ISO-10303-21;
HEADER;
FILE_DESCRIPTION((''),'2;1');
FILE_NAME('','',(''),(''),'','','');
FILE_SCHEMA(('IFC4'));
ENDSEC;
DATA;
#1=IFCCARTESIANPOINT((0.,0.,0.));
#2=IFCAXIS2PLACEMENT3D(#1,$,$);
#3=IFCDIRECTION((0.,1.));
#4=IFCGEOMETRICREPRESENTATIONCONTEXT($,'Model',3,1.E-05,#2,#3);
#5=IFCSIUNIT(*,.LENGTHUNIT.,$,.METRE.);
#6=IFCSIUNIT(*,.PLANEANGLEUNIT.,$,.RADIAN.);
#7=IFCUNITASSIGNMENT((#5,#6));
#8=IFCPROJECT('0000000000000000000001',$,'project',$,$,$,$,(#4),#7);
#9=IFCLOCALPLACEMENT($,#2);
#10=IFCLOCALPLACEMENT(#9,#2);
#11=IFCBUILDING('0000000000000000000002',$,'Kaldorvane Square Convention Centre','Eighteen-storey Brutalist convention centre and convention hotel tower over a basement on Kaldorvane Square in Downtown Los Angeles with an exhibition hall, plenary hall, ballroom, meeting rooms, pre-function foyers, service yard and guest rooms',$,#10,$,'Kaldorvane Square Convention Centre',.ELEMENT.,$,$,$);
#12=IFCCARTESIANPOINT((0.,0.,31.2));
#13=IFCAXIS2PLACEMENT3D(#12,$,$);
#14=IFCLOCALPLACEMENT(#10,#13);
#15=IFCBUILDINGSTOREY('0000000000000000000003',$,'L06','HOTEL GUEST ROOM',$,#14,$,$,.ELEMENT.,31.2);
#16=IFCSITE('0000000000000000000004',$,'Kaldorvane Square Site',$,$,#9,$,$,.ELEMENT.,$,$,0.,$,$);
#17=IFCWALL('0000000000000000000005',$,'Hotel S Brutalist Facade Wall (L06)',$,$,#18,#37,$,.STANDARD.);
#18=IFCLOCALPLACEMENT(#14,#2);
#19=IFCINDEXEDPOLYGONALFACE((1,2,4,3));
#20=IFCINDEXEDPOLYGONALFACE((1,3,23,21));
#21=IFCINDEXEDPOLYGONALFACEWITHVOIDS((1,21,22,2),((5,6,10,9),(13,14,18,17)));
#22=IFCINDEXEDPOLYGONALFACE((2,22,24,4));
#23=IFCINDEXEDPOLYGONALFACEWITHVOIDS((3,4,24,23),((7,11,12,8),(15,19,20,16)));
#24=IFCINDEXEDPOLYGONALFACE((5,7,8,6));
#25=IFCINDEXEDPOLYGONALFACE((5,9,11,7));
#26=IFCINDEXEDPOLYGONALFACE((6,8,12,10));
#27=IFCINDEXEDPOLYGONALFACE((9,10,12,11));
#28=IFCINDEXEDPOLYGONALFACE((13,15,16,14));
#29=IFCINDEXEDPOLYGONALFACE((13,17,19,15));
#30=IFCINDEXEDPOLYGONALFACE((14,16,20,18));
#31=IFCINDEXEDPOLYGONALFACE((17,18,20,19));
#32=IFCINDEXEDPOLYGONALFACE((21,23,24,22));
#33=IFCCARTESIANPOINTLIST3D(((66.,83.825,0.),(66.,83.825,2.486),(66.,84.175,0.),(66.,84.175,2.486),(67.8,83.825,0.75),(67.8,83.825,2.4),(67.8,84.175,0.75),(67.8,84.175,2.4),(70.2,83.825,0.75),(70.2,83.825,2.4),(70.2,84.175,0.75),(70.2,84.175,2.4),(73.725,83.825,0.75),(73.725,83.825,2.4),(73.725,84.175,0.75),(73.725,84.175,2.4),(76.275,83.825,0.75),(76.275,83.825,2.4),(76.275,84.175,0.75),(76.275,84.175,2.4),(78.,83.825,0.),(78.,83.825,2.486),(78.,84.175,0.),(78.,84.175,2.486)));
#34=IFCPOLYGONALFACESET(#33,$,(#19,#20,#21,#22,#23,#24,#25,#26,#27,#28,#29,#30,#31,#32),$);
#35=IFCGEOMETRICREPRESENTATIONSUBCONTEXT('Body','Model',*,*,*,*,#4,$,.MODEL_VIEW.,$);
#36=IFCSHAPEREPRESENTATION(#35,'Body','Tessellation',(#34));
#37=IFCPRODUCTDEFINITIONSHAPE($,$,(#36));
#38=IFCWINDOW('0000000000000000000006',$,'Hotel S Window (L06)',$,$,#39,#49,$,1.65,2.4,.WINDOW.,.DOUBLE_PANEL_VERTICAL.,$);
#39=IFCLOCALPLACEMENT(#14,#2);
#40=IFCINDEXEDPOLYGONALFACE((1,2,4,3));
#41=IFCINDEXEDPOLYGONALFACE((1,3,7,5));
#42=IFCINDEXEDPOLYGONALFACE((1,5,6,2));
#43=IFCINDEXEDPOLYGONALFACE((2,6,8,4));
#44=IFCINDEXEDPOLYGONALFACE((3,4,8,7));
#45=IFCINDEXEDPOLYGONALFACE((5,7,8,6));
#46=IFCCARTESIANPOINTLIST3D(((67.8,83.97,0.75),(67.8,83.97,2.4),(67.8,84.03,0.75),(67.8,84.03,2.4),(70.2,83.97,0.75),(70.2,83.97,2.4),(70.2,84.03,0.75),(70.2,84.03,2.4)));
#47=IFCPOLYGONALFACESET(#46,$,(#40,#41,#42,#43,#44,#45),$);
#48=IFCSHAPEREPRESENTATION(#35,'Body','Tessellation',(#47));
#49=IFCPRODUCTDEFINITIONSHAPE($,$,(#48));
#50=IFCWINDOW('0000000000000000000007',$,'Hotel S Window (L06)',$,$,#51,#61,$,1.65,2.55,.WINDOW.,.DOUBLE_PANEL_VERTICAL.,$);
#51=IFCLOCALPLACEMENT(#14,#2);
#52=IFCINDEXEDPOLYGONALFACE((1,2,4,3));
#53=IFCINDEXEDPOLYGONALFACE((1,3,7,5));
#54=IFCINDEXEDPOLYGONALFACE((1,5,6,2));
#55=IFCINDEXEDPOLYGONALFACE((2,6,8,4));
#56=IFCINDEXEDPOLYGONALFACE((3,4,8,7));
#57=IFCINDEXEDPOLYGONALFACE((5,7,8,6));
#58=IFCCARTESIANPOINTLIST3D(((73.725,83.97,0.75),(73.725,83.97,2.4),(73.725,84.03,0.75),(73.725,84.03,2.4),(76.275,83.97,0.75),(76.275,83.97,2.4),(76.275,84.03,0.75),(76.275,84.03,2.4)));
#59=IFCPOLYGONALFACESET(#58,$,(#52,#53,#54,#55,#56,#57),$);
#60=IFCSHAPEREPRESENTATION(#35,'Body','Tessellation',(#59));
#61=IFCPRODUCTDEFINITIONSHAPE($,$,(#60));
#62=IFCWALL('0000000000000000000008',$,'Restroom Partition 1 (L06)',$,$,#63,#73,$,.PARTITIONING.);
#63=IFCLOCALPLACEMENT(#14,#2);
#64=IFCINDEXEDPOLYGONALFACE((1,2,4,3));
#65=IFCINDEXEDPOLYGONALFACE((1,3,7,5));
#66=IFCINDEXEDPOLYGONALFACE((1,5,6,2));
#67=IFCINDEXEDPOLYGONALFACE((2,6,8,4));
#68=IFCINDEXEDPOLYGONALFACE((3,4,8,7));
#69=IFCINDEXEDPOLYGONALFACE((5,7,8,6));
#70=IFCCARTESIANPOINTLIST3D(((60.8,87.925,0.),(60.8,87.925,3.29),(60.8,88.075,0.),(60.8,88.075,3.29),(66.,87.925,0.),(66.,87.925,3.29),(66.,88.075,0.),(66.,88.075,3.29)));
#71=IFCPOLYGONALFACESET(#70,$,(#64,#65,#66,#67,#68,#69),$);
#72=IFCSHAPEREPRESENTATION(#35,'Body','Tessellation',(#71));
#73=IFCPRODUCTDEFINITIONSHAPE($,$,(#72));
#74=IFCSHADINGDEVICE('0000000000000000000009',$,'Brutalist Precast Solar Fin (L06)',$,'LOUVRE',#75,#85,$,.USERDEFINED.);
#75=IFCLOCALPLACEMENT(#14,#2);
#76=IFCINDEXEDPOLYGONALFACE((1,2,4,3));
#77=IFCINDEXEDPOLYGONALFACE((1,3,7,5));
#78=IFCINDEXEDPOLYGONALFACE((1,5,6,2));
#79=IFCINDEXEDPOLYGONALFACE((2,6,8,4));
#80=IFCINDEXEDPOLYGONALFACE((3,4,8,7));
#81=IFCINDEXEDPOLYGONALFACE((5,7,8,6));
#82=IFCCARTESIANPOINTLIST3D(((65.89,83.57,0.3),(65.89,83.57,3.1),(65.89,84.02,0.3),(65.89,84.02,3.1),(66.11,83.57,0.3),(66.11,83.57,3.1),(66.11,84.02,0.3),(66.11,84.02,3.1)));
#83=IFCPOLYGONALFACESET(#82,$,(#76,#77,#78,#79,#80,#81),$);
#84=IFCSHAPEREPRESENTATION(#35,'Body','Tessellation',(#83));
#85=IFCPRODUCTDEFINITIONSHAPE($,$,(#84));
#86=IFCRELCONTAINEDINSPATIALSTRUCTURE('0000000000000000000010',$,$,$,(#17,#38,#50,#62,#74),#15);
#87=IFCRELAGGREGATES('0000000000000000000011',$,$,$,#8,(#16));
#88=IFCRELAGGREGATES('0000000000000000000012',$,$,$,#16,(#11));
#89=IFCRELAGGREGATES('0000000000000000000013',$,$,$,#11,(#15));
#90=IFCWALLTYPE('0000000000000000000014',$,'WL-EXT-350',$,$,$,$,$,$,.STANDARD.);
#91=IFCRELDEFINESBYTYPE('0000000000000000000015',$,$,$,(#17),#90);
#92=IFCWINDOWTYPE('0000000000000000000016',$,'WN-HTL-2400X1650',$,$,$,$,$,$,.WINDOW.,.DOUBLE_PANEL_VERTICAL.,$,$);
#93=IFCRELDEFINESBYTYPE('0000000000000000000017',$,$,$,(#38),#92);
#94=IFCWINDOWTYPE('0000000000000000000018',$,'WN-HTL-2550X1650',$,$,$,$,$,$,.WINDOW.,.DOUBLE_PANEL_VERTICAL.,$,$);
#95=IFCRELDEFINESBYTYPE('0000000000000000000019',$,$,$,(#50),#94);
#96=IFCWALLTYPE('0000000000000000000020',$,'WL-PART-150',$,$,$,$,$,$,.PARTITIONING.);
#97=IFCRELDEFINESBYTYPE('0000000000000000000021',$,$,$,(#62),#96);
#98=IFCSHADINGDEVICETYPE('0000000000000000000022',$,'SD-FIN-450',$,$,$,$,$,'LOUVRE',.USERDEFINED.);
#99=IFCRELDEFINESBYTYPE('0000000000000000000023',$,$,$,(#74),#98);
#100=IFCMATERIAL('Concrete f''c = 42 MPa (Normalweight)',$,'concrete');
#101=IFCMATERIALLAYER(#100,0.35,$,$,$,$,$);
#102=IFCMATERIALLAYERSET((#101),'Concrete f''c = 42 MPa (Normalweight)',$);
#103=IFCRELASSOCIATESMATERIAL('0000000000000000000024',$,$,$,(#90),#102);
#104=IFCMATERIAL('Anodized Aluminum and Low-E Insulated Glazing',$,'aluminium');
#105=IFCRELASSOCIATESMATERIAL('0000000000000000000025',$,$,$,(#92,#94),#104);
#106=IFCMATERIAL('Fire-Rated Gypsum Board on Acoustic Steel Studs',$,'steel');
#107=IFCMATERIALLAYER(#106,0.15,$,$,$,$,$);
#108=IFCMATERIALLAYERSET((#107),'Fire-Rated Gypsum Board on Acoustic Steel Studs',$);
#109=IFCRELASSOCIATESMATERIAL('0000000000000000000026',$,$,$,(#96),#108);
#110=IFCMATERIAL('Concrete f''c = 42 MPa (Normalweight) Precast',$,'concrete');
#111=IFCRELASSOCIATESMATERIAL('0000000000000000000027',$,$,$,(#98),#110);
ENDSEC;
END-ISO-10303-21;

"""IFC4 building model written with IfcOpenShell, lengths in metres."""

from ifc_helpers import new_model, si_unit, direction, frame, frame_2d, origin, origin_2d, place, context, subcontext, project, spatial, rectangle, extrude, material, layer, layer_set, type_object, element, fill, save


model = new_model("IFC4")

# Units and contexts
model_context = context("Model", 3, precision=1e-05, world=origin(), true_north=direction((0.0, 1.0)))
body_context = subcontext(model_context, "Body", "Model", "MODEL_VIEW")
ifc_project = project(units=[si_unit("LENGTHUNIT", "METRE"), si_unit("PLANEANGLEUNIT", "RADIAN")], contexts=[model_context])

# Site, building, storey
site_placement = place(None, origin())
site = spatial("IfcSite", under=ifc_project, at=site_placement, Name="Kaldorvane Square Site", CompositionType="ELEMENT", RefElevation=0.0)
building_placement = place(site_placement, origin())
building = spatial("IfcBuilding", under=site, at=building_placement, Name="Kaldorvane Square Convention Centre", Description="Eighteen-storey Brutalist convention centre and convention hotel tower over a basement on Kaldorvane Square in Downtown Los Angeles with an exhibition hall, plenary hall, ballroom, meeting rooms, pre-function foyers, service yard and guest rooms", LongName="Kaldorvane Square Convention Centre", CompositionType="ELEMENT")
storey_placement = place(building_placement, frame((0.0, 0.0, 31.2)))
storey = spatial("IfcBuildingStorey", under=building, at=storey_placement, Name="L06", Description="HOTEL GUEST ROOM", CompositionType="ELEMENT", Elevation=31.2)

# Shared definitions
ifc_material_1 = material(Name="Concrete f'c = 42 MPa (Normalweight)", Category="concrete")

# Shared definitions
ifc_material_2 = material(Name="Fire-Rated Gypsum Board on Acoustic Steel Studs", Category="steel")

# Wall, openings, windows
ifc_layer_1 = layer(ifc_material_1, 0.35)
ifc_layer_set_1 = layer_set([ifc_layer_1], Name="Concrete f'c = 42 MPa (Normalweight)")
wall_type_1 = type_object("IfcWallType", Name="WL-EXT-350", PredefinedType="STANDARD", material=ifc_layer_set_1)
ifc_material_3 = material(Name="Anodized Aluminum and Low-E Insulated Glazing", Category="aluminium")
wall_1_placement = place(storey_placement, frame((66.0, 84.0, 0.0), z_axis=(0.0, 0.0, 1.0), x_axis=(1.0, 0.0, 0.0)))
wall_1 = element("IfcWall", 1, at=wall_1_placement, inside=storey, type_object=wall_type_1, Name="Hotel S Brutalist Facade Wall (L06)", PredefinedType="STANDARD", context=body_context, shape_type="SweptSolid", body=[
    extrude(rectangle(XDim=12.0, YDim=0.35, at=frame_2d((6.0, 0.0))), origin(), (0.0, 0.0, 1.0), 2.486),
])
opening_1_placement = place(wall_1_placement, frame((1.8, 0.0, 0.75)))
opening_1 = element("IfcOpeningElement", 2, at=opening_1_placement, cuts=wall_1, PredefinedType="OPENING", context=body_context, shape_type="SweptSolid", body=[
    extrude(rectangle(XDim=2.4, YDim=1.65, at=frame_2d((1.2, 0.825))), frame((0.0, 0.19, 0.0), z_axis=(0.0, -1.0, 0.0), x_axis=(1.0, 0.0, 0.0)), (0.0, 0.0, 1.0), 0.38),
])
opening_2_placement = place(wall_1_placement, frame((7.725, 0.0, 0.75)))
opening_2 = element("IfcOpeningElement", 3, at=opening_2_placement, cuts=wall_1, PredefinedType="OPENING", context=body_context, shape_type="SweptSolid", body=[
    extrude(rectangle(XDim=2.55, YDim=1.65, at=frame_2d((1.275, 0.825))), frame((0.0, 0.19, 0.0), z_axis=(0.0, -1.0, 0.0), x_axis=(1.0, 0.0, 0.0)), (0.0, 0.0, 1.0), 0.38),
])
window_type_1 = type_object("IfcWindowType", Name="WN-HTL-2400X1650", PartitioningType="DOUBLE_PANEL_VERTICAL", PredefinedType="WINDOW", material=ifc_material_3)
window_1_placement = place(opening_1_placement, origin())
window_1 = element("IfcWindow", 4, at=window_1_placement, inside=storey, type_object=window_type_1, Name="Hotel S Window (L06)", OverallHeight=1.65, OverallWidth=2.4, PartitioningType="DOUBLE_PANEL_VERTICAL", PredefinedType="WINDOW", context=body_context, shape_type="SweptSolid", body=[
    extrude(rectangle(XDim=2.4, YDim=1.65, at=frame_2d((1.2, 0.825))), frame((0.0, 0.03, 0.0), z_axis=(0.0, -1.0, 0.0), x_axis=(1.0, 0.0, 0.0)), (0.0, 0.0, 1.0), 0.06),
])
fill(opening_1, window_1)
window_type_2 = type_object("IfcWindowType", Name="WN-HTL-2550X1650", PartitioningType="DOUBLE_PANEL_VERTICAL", PredefinedType="WINDOW", material=ifc_material_3)
window_2_placement = place(opening_2_placement, origin())
window_2 = element("IfcWindow", 5, at=window_2_placement, inside=storey, type_object=window_type_2, Name="Hotel S Window (L06)", OverallHeight=1.65, OverallWidth=2.55, PartitioningType="DOUBLE_PANEL_VERTICAL", PredefinedType="WINDOW", context=body_context, shape_type="SweptSolid", body=[
    extrude(rectangle(XDim=2.55, YDim=1.65, at=frame_2d((1.275, 0.825))), frame((0.0, 0.03, 0.0), z_axis=(0.0, -1.0, 0.0), x_axis=(1.0, 0.0, 0.0)), (0.0, 0.0, 1.0), 0.06),
])
fill(opening_2, window_2)

# Wall
ifc_layer_2 = layer(ifc_material_2, 0.15)
ifc_layer_set_2 = layer_set([ifc_layer_2], Name="Fire-Rated Gypsum Board on Acoustic Steel Studs")
wall_type_2 = type_object("IfcWallType", Name="WL-PART-150", PredefinedType="PARTITIONING", material=ifc_layer_set_2)
wall_2_placement = place(storey_placement, frame((60.8, 88.0, 0.0), z_axis=(0.0, 0.0, 1.0), x_axis=(1.0, 0.0, 0.0)))
element("IfcWall", 6, at=wall_2_placement, inside=storey, type_object=wall_type_2, Name="Restroom Partition 1 (L06)", PredefinedType="PARTITIONING", context=body_context, shape_type="SweptSolid", body=[
    extrude(rectangle(XDim=5.2, YDim=0.15, at=frame_2d((2.6, 0.0))), origin(), (0.0, 0.0, 1.0), 3.29),
])

# Shading device
ifc_material_4 = material(Name="Concrete f'c = 42 MPa (Normalweight) Precast", Category="concrete")
shading_device_type = type_object("IfcShadingDeviceType", Name="SD-FIN-450", ElementType="LOUVRE", PredefinedType="USERDEFINED", material=ifc_material_4)
shading_device_placement = place(storey_placement, frame((66.0, 83.795, 0.3), z_axis=(0.0, 0.0, 1.0), x_axis=(1.0, 0.0, 0.0)))
element("IfcShadingDevice", 7, at=shading_device_placement, inside=storey, type_object=shading_device_type, Name="Brutalist Precast Solar Fin (L06)", ObjectType="LOUVRE", PredefinedType="USERDEFINED", context=body_context, shape_type="SweptSolid", body=[
    extrude(rectangle(XDim=0.22, YDim=0.45, at=origin_2d()), origin(), (0.0, 0.0, 1.0), 2.8),
])

save(model, "model.ifc")
